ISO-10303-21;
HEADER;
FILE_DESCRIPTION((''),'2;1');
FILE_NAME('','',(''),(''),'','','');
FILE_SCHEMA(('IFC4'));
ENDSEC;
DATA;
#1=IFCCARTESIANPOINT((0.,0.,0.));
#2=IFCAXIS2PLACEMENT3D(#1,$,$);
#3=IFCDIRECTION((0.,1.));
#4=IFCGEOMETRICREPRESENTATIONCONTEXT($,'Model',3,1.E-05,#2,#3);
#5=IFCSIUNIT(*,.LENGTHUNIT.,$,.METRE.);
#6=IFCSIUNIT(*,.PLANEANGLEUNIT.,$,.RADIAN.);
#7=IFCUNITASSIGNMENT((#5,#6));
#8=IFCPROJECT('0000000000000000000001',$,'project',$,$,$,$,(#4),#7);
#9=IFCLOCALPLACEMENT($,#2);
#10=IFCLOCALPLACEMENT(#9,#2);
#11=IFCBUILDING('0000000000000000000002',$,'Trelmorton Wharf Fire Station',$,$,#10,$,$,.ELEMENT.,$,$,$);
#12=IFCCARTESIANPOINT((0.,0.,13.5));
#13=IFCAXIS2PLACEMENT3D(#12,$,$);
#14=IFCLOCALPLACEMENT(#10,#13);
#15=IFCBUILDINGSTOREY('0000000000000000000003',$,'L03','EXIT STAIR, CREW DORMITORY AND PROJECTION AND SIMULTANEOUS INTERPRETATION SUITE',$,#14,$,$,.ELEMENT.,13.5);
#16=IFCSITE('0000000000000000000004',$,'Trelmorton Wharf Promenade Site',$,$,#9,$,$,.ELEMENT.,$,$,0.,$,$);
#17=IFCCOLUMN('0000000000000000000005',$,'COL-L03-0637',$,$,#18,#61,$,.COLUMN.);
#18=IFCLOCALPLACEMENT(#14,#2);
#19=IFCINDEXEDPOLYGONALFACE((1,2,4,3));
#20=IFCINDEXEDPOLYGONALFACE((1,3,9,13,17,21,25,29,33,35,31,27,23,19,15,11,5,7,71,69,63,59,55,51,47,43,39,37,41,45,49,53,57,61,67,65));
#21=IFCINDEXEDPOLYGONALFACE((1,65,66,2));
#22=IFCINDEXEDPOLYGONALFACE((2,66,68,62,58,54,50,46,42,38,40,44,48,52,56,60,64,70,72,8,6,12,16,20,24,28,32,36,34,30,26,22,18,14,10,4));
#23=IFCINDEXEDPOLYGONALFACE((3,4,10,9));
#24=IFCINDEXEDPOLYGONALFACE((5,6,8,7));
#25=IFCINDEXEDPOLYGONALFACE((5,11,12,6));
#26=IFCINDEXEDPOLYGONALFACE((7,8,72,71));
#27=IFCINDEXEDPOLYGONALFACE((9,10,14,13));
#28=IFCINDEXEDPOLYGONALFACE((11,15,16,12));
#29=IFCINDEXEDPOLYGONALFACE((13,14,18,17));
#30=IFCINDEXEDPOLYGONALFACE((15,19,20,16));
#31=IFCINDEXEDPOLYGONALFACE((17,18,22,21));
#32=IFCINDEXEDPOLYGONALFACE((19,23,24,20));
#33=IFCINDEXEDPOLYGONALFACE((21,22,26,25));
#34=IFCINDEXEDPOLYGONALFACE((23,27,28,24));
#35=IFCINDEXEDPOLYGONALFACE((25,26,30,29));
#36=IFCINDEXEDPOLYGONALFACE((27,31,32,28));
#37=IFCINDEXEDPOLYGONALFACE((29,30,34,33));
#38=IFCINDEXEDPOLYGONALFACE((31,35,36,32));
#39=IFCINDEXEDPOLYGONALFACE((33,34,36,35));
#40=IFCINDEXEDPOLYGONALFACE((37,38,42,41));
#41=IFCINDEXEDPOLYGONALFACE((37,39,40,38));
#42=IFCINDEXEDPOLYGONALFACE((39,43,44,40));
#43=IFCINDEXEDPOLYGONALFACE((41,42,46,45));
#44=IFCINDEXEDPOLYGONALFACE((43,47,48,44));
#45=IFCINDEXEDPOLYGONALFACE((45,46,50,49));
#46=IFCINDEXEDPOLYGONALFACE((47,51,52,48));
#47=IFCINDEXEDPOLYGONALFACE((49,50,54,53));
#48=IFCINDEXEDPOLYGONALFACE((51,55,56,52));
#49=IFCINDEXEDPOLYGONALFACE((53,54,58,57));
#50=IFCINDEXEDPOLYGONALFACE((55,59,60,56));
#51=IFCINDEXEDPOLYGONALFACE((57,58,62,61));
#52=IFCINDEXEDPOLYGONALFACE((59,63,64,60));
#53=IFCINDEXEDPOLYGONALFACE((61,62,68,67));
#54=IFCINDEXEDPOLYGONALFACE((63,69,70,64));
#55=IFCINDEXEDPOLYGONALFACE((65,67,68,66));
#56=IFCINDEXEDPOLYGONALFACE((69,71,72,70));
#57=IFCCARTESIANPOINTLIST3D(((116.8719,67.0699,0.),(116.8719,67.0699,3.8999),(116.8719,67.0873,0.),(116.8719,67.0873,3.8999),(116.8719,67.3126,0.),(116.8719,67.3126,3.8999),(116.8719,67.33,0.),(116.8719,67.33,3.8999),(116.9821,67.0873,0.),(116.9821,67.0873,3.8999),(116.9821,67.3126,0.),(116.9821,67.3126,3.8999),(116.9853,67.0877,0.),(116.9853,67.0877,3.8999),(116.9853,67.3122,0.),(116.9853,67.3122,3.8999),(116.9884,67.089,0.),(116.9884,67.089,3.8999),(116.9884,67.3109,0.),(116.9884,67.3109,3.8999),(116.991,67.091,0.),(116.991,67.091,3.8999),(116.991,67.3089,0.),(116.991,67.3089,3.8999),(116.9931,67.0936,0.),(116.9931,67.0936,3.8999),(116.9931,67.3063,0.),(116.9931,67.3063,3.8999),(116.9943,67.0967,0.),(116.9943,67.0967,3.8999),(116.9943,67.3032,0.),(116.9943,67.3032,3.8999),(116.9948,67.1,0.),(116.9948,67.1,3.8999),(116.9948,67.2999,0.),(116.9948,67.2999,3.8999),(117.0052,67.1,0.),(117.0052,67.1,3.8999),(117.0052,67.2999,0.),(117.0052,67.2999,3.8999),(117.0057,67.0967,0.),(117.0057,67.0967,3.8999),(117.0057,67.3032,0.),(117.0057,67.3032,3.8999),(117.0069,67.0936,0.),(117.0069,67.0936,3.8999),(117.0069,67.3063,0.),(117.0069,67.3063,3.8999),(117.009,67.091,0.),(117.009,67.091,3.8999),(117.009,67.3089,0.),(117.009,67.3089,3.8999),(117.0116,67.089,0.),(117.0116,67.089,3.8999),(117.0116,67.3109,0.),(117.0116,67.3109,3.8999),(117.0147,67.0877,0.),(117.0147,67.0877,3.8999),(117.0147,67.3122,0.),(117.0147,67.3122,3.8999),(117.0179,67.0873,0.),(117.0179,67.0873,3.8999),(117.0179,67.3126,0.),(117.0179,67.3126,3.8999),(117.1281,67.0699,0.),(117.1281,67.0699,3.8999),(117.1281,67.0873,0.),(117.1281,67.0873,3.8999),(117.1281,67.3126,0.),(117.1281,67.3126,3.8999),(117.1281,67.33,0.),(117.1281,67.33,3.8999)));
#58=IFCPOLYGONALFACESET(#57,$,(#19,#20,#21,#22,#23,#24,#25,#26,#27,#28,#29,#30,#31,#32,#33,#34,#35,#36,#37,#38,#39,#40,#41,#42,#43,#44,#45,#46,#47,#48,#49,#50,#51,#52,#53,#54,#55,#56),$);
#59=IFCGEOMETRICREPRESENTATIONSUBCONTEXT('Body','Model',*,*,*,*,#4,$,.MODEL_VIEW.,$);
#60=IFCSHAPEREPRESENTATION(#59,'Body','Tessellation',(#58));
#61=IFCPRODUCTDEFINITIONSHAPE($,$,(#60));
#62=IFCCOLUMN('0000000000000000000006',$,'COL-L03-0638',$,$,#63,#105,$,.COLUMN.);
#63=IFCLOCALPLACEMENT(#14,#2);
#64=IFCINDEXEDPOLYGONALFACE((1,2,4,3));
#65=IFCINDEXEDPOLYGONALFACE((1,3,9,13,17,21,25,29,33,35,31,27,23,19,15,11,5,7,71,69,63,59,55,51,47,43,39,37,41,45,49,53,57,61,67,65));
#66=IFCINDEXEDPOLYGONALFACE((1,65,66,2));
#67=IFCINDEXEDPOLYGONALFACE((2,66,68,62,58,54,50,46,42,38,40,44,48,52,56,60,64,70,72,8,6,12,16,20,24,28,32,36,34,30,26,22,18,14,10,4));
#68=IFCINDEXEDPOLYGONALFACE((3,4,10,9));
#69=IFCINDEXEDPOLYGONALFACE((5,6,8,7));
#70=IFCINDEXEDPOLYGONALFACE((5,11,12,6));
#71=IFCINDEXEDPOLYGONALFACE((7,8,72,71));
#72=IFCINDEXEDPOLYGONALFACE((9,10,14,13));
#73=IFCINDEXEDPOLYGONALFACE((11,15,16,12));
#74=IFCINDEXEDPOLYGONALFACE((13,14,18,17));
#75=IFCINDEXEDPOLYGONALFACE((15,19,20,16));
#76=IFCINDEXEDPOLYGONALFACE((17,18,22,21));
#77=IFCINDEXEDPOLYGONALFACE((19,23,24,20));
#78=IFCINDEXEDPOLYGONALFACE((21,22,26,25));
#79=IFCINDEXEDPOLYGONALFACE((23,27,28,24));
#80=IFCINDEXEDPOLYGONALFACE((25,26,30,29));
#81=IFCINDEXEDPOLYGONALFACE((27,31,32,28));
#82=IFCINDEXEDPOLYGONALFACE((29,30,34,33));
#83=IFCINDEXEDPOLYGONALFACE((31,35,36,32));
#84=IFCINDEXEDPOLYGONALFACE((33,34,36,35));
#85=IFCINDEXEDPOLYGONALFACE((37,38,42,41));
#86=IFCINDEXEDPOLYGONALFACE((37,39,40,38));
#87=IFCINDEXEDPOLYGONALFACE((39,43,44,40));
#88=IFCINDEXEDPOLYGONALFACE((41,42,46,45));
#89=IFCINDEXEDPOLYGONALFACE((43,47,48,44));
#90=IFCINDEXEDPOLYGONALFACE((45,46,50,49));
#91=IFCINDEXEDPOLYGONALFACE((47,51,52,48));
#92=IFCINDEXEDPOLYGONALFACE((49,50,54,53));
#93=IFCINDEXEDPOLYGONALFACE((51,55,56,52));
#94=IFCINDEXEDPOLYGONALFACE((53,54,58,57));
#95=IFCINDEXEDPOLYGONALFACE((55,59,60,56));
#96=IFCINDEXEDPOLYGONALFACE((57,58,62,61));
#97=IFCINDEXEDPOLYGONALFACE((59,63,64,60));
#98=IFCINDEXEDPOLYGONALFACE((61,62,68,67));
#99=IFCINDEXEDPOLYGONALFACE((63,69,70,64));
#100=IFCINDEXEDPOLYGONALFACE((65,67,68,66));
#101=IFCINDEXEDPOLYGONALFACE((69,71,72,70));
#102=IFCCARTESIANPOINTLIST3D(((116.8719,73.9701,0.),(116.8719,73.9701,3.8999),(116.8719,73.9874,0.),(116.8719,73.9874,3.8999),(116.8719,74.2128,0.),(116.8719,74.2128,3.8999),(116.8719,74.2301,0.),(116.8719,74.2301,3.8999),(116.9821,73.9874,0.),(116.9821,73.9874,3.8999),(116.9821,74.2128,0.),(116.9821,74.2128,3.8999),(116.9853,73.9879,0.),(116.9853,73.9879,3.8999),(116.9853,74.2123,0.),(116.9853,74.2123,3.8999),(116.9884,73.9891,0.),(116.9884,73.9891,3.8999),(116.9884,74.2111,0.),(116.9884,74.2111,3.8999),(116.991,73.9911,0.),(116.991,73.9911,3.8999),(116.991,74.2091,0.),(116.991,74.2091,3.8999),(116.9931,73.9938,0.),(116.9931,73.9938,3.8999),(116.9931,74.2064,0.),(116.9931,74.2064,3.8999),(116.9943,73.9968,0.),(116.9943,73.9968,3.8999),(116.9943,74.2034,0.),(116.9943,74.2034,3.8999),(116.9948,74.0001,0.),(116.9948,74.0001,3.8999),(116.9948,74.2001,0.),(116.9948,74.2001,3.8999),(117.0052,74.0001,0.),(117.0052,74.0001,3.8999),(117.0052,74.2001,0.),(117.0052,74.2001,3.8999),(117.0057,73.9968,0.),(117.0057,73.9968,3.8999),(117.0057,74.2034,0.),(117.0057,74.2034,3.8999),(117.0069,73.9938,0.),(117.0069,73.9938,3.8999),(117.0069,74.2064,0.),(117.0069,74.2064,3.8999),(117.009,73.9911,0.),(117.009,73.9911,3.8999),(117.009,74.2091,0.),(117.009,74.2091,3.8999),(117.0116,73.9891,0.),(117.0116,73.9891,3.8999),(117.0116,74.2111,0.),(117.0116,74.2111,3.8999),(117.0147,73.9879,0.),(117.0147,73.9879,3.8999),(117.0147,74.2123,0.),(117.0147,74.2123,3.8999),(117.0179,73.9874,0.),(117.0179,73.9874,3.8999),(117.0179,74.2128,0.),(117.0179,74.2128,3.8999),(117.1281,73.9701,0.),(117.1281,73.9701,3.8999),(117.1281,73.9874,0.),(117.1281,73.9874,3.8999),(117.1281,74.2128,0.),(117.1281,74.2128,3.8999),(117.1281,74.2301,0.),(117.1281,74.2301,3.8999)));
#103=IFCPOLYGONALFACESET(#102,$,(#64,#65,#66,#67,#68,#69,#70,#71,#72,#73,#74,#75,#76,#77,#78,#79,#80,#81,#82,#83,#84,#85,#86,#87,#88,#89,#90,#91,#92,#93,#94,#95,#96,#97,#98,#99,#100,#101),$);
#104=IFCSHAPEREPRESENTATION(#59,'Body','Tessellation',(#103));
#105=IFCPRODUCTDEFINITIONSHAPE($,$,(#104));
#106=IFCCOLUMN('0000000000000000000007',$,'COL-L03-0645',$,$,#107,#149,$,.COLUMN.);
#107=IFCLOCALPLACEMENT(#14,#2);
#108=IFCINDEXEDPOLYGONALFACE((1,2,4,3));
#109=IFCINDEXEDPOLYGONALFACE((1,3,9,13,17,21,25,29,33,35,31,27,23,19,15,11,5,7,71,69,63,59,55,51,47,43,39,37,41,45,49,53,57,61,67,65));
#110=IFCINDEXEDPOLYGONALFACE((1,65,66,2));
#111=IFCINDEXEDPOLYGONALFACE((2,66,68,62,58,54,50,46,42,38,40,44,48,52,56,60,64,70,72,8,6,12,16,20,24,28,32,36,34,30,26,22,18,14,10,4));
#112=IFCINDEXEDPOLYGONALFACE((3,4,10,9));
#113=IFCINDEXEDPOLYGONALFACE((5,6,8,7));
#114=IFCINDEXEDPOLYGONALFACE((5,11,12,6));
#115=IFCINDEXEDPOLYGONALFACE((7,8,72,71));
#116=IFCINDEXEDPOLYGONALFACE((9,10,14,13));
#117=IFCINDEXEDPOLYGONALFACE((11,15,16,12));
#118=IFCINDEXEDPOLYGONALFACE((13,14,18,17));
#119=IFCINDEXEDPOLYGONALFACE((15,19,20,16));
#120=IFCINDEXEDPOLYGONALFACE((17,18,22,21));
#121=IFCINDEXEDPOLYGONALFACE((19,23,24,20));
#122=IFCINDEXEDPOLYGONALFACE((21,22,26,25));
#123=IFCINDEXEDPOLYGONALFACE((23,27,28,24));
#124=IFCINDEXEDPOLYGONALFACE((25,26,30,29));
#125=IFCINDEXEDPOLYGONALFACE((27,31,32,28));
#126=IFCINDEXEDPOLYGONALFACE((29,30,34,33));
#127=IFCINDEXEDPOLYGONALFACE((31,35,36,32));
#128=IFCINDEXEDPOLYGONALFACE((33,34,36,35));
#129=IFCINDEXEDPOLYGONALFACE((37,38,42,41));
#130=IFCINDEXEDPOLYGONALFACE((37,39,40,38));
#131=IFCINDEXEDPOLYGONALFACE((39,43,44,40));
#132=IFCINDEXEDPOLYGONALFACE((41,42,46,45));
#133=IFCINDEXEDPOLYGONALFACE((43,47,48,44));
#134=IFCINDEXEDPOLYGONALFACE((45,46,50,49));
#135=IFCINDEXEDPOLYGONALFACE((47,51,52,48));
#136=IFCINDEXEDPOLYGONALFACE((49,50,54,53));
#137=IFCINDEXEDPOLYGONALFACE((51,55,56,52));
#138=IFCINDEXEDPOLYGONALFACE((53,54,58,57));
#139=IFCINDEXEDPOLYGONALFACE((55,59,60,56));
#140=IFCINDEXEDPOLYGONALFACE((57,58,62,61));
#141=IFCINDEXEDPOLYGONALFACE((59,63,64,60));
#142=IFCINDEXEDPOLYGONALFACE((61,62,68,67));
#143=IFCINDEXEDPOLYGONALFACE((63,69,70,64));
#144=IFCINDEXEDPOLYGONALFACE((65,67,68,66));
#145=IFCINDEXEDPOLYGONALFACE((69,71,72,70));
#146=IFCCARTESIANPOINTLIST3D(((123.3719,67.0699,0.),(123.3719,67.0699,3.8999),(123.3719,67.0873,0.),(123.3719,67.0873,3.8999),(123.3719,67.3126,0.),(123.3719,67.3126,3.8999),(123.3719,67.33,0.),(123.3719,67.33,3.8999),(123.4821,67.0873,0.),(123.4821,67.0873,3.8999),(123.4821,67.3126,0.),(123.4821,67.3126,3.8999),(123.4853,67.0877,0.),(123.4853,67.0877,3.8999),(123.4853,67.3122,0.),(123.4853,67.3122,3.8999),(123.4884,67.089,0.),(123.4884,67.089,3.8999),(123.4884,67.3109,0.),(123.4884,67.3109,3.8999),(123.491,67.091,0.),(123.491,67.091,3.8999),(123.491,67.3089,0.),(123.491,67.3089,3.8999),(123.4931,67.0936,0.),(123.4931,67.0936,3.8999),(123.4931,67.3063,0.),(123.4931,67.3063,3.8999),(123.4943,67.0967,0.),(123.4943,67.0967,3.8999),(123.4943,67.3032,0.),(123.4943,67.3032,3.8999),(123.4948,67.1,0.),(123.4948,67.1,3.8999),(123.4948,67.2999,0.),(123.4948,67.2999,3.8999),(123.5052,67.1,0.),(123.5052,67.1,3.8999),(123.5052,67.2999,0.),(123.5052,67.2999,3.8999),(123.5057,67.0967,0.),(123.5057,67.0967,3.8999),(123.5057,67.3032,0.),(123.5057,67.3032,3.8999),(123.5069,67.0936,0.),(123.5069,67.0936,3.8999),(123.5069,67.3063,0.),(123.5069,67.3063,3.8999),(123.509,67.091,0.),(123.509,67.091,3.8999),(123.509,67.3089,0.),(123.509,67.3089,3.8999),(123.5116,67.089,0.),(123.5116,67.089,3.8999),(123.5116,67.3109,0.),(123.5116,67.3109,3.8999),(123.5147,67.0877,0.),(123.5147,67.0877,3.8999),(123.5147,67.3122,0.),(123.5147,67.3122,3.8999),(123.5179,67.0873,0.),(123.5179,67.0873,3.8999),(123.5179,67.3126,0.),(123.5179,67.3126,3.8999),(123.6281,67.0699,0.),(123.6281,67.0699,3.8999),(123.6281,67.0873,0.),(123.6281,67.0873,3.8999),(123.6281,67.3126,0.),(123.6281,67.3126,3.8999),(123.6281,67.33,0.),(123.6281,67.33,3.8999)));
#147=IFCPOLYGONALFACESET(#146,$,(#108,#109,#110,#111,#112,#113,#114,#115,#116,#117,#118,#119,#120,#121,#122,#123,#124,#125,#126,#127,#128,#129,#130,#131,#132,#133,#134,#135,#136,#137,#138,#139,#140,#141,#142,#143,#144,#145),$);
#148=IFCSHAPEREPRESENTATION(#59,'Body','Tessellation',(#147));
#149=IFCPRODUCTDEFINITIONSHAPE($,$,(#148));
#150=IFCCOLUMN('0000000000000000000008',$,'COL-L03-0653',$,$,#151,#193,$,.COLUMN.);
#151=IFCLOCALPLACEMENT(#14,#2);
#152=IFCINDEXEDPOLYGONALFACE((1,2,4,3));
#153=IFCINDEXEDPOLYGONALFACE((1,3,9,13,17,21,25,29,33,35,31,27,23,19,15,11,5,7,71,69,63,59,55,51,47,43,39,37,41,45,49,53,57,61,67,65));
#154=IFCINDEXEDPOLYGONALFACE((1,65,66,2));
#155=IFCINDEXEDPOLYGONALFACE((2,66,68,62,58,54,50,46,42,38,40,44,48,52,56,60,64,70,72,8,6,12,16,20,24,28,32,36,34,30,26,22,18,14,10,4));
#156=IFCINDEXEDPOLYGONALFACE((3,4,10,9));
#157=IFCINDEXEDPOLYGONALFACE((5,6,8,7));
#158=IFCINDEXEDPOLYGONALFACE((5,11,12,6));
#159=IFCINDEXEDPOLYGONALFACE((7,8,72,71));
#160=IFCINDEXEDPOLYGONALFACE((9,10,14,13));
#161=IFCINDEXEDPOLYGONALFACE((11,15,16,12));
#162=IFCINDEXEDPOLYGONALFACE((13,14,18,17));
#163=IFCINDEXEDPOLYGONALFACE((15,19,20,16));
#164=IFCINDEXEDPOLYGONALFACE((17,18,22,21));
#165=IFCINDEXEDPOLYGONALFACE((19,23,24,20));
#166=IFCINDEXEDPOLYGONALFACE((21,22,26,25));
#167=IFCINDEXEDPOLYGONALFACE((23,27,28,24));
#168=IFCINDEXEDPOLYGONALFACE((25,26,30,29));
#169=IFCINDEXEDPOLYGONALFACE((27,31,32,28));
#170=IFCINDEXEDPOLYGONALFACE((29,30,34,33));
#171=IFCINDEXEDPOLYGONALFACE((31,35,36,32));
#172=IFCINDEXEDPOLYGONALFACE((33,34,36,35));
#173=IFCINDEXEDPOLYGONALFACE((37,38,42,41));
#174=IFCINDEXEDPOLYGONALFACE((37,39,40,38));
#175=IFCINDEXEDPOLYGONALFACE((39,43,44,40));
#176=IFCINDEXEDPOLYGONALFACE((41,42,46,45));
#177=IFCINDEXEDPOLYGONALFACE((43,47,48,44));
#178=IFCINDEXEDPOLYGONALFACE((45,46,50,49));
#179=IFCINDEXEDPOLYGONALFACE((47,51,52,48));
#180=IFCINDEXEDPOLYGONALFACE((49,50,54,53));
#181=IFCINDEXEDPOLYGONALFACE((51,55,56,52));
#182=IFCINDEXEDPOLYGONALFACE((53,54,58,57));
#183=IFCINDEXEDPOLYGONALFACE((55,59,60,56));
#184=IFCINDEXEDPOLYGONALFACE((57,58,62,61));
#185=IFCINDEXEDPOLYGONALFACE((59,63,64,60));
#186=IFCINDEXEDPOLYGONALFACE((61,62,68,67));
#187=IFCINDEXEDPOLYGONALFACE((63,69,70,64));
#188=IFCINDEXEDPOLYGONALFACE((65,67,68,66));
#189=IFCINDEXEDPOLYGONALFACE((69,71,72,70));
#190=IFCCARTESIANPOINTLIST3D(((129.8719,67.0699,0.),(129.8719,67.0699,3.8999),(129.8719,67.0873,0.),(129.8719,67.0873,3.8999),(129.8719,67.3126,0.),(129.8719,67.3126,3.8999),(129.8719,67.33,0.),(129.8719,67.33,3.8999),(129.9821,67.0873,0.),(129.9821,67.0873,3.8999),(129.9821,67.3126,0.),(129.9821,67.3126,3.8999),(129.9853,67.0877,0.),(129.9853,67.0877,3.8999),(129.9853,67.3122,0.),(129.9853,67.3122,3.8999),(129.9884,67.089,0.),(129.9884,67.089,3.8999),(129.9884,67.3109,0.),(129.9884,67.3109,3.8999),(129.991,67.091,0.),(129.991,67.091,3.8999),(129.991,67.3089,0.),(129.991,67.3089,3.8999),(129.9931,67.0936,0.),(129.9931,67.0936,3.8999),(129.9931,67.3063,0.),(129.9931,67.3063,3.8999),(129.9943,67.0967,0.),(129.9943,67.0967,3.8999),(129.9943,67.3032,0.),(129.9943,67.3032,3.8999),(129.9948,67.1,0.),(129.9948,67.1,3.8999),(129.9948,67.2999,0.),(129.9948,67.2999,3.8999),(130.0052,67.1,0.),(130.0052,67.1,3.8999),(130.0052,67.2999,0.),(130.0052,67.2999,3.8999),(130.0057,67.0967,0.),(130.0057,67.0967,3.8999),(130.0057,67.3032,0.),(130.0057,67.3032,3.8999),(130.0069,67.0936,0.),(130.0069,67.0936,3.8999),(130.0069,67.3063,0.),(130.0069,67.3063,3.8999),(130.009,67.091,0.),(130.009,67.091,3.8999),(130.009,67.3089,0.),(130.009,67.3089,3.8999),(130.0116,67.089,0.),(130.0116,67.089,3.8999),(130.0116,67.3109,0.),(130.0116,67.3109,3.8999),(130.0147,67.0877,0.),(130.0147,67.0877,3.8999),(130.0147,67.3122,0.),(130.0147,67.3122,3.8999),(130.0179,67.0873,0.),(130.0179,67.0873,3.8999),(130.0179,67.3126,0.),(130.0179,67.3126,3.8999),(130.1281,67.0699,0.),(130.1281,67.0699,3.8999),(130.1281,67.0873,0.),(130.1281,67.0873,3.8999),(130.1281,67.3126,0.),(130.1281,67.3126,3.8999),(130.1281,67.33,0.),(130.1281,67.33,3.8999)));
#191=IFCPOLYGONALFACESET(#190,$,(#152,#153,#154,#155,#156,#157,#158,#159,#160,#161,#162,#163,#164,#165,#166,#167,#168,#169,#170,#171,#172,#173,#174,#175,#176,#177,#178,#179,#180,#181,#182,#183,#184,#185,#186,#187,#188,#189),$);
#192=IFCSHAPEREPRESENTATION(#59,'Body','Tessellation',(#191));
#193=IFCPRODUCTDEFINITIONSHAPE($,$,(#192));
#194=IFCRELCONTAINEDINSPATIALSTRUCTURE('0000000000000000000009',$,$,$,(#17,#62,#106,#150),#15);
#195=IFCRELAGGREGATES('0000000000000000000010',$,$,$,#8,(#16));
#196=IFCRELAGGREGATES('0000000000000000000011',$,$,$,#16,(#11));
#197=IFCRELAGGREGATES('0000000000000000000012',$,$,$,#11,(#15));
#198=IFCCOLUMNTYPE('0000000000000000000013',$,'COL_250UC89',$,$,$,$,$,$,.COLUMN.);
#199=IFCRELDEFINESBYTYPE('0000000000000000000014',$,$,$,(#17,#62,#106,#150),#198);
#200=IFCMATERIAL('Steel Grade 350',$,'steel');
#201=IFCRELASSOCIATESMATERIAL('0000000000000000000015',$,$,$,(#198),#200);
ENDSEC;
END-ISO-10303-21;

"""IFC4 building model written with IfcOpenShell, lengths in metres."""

from ifc_helpers import new_model, si_unit, direction, frame, origin, origin_2d, place, context, subcontext, project, spatial, i_section, extrude, material, material_profile, profile_set, type_object, element, save


model = new_model("IFC4")

# Units and contexts
model_context = context("Model", 3, precision=1e-05, world=origin(), true_north=direction((0.0, 1.0)))
body_context = subcontext(model_context, "Body", "Model", "MODEL_VIEW")
ifc_project = project(units=[si_unit("LENGTHUNIT", "METRE"), si_unit("PLANEANGLEUNIT", "RADIAN")], contexts=[model_context])

# Site, building, storey
site_placement = place(None, origin())
site = spatial("IfcSite", under=ifc_project, at=site_placement, Name="Trelmorton Wharf Promenade Site", CompositionType="ELEMENT", RefElevation=0.0)
building_placement = place(site_placement, origin())
building = spatial("IfcBuilding", under=site, at=building_placement, Name="Trelmorton Wharf Fire Station", CompositionType="ELEMENT")
storey_placement = place(building_placement, frame((0.0, 0.0, 13.5)))
storey = spatial("IfcBuildingStorey", under=building, at=storey_placement, Name="L03", Description="EXIT STAIR, CREW DORMITORY AND PROJECTION AND SIMULTANEOUS INTERPRETATION SUITE", CompositionType="ELEMENT", Elevation=13.5)

# Columns
ifc_material_1 = material(Name="Steel Grade 350", Category="steel")
ifc_material_profile_1 = material_profile(ifc_material_1, i_section(OverallWidth=0.2561, OverallDepth=0.26, WebThickness=0.0105, FlangeThickness=0.0173, FilletRadius=0.0127, at=origin_2d()), Name="250UC89.5")
ifc_profile_set_1 = profile_set([ifc_material_profile_1], Name="Steel Grade 350")
column_type = type_object("IfcColumnType", Name="COL_250UC89", PredefinedType="COLUMN", material=ifc_profile_set_1)
for number, where, z_axis, x_axis, name in (
    (1, (117.0, 67.2, 0.0), (0.0, 0.0, 1.0), (1.0, 0.0, 0.0), "COL-L03-0637"),
    (2, (117.0, 74.1001, 0.0), (0.0, 0.0, 1.0), (1.0, 0.0, 0.0), "COL-L03-0638"),
    (3, (123.5, 67.2, 0.0), (0.0, 0.0, 1.0), (1.0, 0.0, 0.0), "COL-L03-0645"),
    (4, (130.0, 67.2, 0.0), (0.0, 0.0, 1.0), (1.0, 0.0, 0.0), "COL-L03-0653"),
):
    element("IfcColumn", number, at=place(storey_placement, frame(where, z_axis=z_axis, x_axis=x_axis)), inside=storey, type_object=column_type, Name=name, PredefinedType="COLUMN", context=body_context, shape_type="SweptSolid", body=[
        extrude(i_section(OverallWidth=0.2561, OverallDepth=0.26, WebThickness=0.0105, FlangeThickness=0.0173, FilletRadius=0.0127, at=origin_2d()), origin(), (0.0, 0.0, 1.0), 3.8999),
    ])

save(model, "model.ifc")
